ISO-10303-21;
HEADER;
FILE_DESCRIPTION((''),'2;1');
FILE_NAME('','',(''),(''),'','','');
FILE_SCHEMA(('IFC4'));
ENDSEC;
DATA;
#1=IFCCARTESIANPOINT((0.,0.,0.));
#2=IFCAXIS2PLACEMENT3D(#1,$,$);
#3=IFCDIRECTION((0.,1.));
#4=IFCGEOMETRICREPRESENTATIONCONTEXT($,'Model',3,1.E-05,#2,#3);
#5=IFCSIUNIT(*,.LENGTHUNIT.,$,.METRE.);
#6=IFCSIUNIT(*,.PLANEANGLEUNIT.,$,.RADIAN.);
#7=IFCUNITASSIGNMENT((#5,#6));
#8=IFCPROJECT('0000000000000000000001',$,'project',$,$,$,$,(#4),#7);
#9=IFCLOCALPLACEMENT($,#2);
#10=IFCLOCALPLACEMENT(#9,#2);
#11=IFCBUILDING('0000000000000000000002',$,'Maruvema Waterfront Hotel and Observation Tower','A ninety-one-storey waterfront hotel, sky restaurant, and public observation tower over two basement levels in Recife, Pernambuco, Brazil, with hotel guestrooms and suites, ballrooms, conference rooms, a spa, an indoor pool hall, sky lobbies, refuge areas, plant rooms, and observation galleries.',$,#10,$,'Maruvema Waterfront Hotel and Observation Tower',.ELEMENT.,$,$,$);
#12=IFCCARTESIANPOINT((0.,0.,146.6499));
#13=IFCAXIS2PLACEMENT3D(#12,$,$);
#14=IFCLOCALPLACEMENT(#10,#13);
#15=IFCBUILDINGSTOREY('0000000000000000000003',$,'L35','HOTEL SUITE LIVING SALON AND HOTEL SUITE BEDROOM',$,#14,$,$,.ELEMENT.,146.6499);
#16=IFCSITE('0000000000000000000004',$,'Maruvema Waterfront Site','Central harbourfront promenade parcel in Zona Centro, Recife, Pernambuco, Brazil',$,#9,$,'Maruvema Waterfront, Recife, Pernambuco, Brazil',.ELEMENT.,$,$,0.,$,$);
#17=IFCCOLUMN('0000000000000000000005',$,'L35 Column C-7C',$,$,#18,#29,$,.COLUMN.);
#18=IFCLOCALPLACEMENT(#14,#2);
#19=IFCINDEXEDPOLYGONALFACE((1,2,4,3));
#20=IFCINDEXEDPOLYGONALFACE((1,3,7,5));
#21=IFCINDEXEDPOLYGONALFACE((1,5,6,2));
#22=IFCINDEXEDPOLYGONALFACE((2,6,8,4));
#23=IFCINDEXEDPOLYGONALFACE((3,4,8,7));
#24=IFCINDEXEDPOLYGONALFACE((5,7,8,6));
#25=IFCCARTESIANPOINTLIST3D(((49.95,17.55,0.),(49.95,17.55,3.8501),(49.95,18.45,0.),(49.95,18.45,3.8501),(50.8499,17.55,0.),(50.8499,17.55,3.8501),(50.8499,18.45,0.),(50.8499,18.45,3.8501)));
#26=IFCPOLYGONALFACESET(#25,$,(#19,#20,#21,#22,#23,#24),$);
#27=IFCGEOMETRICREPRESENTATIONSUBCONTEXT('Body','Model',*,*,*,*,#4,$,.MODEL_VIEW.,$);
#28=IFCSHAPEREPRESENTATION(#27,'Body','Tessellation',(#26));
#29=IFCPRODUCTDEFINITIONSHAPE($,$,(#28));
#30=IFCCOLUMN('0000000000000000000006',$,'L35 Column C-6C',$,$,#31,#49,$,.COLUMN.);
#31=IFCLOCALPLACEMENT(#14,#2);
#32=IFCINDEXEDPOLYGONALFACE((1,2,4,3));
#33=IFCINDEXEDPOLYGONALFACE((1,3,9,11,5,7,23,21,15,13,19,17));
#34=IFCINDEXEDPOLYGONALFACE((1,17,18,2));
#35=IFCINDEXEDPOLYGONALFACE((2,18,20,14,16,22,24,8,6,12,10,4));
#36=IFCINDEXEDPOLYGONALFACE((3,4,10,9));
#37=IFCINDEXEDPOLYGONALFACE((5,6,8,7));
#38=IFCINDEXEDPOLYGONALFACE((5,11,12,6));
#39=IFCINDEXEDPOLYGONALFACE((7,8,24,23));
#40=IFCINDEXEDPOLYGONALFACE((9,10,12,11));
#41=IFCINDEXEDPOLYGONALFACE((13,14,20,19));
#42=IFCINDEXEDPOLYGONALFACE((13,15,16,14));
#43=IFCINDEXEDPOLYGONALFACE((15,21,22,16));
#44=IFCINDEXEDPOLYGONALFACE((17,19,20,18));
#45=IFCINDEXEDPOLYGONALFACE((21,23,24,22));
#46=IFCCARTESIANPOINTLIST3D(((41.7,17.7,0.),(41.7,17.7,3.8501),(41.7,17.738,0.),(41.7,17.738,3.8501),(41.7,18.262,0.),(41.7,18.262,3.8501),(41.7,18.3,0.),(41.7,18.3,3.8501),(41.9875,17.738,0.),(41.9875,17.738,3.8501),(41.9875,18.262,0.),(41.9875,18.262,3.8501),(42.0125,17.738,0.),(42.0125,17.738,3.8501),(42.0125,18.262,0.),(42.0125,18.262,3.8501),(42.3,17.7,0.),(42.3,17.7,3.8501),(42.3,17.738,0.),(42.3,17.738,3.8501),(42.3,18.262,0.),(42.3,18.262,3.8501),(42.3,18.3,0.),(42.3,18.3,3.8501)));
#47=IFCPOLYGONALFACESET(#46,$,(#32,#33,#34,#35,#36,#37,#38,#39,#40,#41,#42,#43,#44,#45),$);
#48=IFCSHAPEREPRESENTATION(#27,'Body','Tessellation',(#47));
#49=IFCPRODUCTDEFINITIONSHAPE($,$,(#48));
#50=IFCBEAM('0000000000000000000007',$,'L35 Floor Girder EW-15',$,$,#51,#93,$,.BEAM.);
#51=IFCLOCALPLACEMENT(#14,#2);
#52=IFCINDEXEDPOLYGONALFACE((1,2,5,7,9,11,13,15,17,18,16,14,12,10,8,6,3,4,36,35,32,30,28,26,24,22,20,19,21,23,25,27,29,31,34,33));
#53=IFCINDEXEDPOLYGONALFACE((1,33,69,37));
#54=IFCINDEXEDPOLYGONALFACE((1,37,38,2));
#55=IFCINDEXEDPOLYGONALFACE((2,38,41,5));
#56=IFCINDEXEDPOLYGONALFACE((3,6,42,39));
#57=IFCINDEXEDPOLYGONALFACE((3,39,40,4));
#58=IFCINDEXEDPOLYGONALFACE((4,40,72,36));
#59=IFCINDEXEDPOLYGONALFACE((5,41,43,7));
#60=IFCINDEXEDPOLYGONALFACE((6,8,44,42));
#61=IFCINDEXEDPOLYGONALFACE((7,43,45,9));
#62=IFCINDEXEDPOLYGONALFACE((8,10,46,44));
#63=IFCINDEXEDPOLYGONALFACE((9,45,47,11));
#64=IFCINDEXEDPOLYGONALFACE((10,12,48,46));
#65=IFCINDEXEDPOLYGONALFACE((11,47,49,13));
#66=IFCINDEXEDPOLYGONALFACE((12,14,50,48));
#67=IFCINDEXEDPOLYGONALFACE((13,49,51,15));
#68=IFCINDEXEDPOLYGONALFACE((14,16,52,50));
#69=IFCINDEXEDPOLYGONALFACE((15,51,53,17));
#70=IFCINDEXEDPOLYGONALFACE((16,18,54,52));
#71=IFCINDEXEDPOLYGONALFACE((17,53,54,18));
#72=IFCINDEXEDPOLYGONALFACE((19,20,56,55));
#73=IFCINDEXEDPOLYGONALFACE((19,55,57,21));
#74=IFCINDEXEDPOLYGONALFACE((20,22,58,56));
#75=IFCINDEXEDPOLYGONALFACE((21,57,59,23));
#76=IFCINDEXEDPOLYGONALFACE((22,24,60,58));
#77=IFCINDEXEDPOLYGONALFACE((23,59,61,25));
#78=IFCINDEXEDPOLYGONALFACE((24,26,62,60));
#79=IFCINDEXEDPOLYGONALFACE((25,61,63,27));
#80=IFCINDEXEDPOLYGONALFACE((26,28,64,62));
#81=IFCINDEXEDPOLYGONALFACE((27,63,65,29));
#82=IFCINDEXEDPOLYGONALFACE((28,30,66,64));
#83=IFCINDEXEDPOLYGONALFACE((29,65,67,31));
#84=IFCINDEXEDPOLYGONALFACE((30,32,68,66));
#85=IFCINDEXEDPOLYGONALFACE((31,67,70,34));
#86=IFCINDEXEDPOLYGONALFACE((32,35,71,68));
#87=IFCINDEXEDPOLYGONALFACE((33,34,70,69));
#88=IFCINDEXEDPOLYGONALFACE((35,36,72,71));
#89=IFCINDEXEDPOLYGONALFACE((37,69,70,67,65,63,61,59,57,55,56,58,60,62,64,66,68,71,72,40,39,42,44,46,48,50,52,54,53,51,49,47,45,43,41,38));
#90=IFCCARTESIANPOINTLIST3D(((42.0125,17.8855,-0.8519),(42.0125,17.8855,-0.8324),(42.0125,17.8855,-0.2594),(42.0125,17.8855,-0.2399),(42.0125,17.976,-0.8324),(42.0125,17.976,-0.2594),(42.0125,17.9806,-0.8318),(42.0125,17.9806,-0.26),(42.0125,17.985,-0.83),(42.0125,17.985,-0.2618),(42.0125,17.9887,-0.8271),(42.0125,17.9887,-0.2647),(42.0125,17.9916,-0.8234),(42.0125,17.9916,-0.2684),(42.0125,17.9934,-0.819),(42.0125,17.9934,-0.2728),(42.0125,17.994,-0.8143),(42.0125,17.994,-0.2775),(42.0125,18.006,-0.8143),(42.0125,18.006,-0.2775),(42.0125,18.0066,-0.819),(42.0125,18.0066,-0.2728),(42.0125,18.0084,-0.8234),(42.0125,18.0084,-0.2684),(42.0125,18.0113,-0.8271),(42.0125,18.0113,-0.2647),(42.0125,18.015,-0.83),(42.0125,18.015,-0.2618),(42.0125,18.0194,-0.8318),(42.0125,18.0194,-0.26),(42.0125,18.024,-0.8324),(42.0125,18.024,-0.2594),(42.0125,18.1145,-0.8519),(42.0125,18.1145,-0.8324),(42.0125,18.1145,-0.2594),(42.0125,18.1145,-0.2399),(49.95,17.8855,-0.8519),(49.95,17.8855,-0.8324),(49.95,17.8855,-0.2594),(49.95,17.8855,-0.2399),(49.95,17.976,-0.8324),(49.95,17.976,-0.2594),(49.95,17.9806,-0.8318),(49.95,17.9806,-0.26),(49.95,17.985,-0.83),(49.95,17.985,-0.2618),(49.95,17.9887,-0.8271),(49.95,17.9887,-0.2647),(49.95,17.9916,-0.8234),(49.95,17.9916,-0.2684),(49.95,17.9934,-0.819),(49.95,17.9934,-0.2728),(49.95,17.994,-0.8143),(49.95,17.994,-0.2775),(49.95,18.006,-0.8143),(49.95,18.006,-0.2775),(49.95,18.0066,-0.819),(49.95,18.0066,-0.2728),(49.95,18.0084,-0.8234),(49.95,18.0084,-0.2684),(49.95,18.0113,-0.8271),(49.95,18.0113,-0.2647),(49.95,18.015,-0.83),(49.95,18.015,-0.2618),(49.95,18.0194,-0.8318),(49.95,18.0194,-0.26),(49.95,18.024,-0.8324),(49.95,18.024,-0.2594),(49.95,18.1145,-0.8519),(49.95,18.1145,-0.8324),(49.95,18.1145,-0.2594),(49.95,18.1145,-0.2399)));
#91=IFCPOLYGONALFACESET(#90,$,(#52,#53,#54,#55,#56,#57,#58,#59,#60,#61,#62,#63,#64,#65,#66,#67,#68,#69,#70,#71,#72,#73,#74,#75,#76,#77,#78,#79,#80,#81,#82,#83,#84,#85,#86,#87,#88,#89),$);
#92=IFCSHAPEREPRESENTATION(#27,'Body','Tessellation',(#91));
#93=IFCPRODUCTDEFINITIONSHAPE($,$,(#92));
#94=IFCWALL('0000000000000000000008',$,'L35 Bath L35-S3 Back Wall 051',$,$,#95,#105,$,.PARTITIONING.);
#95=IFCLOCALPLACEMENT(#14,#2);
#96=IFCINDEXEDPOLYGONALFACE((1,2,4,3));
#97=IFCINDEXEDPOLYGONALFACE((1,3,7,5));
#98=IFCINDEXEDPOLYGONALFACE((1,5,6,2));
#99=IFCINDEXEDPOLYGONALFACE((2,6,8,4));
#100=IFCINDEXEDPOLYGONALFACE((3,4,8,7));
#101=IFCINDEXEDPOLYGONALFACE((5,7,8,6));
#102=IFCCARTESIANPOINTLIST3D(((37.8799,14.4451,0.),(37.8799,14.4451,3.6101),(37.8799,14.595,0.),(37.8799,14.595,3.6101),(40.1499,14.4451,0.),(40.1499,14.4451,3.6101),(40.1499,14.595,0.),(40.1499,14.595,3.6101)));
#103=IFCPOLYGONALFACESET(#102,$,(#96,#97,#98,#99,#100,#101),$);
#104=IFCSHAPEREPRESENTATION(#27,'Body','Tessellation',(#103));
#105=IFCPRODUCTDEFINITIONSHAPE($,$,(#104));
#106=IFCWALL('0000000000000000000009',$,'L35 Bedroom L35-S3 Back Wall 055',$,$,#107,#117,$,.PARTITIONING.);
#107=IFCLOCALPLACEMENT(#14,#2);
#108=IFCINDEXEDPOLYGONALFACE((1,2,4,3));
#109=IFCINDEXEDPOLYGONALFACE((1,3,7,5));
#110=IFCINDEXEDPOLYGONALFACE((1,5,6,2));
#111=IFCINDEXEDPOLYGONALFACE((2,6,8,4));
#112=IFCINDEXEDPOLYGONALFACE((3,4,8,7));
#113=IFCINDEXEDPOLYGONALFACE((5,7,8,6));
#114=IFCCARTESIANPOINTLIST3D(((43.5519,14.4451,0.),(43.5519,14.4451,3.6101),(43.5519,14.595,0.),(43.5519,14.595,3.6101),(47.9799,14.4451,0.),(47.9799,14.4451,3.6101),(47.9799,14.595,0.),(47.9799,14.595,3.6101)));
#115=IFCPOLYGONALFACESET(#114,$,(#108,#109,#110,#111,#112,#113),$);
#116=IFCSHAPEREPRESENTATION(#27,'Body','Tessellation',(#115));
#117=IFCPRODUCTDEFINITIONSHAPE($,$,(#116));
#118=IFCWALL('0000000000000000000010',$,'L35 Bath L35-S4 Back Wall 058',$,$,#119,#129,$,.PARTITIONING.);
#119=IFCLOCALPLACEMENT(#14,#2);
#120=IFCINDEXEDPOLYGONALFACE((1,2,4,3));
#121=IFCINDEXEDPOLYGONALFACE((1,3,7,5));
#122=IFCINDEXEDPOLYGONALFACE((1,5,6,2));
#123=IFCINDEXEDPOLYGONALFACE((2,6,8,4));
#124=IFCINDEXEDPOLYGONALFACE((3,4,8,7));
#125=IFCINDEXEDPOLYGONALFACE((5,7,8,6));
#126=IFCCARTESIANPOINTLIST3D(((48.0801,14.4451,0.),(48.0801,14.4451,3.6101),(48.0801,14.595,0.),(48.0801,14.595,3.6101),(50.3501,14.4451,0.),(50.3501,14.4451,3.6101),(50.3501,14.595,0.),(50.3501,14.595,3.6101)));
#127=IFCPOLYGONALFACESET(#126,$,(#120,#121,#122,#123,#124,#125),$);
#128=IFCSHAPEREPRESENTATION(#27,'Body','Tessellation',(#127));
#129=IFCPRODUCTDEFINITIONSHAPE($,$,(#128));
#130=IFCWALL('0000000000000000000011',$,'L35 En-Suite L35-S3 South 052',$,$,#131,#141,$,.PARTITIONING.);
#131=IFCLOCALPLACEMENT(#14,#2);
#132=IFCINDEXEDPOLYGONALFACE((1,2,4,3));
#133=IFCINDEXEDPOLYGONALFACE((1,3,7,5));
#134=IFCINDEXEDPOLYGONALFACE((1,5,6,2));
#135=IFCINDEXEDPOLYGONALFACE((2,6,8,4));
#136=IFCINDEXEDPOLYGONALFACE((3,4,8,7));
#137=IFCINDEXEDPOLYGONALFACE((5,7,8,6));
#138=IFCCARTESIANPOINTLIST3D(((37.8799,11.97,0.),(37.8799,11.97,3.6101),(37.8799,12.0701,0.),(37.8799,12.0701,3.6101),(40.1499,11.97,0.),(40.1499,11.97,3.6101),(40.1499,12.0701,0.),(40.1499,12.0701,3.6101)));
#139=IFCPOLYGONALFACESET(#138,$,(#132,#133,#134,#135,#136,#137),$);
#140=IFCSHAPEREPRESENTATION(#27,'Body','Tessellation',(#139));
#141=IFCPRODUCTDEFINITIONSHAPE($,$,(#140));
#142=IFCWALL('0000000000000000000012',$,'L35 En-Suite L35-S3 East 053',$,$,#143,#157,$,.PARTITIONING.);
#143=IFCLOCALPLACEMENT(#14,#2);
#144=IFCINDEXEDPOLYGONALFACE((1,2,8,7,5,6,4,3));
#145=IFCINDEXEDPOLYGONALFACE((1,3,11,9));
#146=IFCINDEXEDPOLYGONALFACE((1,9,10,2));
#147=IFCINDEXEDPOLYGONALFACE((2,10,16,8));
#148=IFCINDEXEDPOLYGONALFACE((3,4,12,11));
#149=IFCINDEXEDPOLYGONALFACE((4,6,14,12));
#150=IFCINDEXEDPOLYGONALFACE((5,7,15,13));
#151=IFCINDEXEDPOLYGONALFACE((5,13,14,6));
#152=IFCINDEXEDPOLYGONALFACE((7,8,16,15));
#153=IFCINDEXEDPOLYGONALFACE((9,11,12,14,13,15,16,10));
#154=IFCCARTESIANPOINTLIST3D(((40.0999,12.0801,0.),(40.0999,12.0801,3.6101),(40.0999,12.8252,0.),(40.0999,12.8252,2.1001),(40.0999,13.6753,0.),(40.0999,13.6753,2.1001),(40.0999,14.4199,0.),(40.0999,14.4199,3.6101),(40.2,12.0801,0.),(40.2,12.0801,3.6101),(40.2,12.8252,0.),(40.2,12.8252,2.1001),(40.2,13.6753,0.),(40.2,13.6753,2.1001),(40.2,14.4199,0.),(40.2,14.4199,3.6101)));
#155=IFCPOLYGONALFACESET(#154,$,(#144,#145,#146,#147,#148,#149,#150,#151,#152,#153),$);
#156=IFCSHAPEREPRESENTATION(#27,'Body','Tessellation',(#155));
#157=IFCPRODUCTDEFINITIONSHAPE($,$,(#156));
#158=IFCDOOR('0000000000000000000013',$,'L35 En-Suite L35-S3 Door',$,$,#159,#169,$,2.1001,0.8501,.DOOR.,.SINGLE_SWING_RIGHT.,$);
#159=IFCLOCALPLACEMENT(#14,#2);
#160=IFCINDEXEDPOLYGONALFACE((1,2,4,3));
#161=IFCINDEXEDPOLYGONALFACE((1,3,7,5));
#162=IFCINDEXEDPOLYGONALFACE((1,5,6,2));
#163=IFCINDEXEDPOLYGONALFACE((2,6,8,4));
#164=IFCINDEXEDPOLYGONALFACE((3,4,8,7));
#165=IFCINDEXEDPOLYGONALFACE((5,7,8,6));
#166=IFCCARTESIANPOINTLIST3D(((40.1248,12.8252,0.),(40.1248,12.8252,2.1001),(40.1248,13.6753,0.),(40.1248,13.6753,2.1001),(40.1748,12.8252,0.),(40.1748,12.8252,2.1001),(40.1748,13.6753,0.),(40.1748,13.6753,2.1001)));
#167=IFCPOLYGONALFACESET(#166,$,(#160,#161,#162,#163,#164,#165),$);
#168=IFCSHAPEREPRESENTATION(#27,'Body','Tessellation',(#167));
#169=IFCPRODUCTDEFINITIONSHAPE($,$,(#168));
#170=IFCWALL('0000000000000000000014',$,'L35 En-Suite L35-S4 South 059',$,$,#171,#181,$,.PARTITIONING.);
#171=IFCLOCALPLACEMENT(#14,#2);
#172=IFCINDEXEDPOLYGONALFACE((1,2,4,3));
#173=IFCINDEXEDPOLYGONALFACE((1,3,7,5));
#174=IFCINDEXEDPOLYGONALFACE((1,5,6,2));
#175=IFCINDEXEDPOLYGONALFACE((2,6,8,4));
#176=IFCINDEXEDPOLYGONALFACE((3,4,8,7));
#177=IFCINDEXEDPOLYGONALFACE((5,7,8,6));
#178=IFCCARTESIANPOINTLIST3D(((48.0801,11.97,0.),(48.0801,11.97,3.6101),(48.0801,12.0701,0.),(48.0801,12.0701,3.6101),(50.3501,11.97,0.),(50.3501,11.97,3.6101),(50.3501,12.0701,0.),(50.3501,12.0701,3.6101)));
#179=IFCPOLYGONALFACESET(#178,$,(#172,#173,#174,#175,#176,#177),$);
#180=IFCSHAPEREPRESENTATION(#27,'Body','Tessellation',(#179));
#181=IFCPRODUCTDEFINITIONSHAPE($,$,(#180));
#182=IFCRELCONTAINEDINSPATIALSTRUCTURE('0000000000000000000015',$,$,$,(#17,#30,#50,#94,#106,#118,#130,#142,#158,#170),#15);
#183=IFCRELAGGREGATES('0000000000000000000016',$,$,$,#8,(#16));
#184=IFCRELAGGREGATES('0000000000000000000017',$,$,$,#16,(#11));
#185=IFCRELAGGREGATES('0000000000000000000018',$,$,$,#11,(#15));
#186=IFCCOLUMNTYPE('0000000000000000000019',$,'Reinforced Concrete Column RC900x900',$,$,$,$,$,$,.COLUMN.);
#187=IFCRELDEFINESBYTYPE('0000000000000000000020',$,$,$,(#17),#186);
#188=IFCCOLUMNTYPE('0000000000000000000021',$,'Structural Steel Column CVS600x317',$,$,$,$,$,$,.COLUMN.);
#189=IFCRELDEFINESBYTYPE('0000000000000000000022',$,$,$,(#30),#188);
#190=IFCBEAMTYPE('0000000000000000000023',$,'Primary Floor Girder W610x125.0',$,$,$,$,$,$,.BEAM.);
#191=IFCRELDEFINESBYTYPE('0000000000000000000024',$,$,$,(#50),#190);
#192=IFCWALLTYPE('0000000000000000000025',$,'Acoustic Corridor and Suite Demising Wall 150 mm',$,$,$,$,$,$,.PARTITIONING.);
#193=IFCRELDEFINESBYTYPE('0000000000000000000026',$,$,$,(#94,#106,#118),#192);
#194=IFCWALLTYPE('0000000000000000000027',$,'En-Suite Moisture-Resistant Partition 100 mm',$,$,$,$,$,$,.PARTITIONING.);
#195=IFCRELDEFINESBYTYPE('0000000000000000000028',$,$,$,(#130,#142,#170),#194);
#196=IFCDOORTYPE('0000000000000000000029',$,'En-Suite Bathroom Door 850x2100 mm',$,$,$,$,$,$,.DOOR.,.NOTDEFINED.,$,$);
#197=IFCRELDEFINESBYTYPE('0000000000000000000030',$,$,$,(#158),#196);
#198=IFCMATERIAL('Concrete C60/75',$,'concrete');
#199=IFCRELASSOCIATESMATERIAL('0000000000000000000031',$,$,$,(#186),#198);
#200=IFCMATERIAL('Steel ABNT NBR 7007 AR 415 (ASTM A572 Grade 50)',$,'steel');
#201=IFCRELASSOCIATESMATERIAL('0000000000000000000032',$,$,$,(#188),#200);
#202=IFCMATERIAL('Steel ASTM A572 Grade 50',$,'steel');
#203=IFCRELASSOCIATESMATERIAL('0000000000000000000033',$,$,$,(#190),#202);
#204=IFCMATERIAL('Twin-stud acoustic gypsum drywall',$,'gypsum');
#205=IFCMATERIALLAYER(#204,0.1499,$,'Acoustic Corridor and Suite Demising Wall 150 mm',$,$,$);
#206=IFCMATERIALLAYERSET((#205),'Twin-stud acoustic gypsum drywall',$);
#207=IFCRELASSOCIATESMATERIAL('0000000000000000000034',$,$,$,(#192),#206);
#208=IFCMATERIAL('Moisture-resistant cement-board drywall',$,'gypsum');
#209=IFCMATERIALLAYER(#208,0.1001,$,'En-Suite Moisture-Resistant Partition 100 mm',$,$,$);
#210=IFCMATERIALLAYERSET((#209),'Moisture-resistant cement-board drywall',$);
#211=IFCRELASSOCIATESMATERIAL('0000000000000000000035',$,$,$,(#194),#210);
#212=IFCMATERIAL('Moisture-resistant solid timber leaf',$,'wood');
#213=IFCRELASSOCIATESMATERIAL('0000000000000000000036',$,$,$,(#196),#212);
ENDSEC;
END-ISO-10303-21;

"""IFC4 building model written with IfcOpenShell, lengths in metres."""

from ifc_helpers import new_model, si_unit, direction, frame, frame_2d, origin, origin_2d, place, context, subcontext, project, spatial, rectangle, i_section, extrude, material, layer, layer_set, material_profile, profile_set, type_object, element, fill, save


model = new_model("IFC4")

# Units and contexts
model_context = context("Model", 3, precision=1e-05, world=origin(), true_north=direction((0.0, 1.0)))
body_context = subcontext(model_context, "Body", "Model", "MODEL_VIEW")
ifc_project = project(units=[si_unit("LENGTHUNIT", "METRE"), si_unit("PLANEANGLEUNIT", "RADIAN")], contexts=[model_context])

# Site, building, storey
site_placement = place(None, origin())
site = spatial("IfcSite", under=ifc_project, at=site_placement, Name="Maruvema Waterfront Site", Description="Central harbourfront promenade parcel in Zona Centro, Recife, Pernambuco, Brazil", LongName="Maruvema Waterfront, Recife, Pernambuco, Brazil", CompositionType="ELEMENT", RefElevation=0.0)
building_placement = place(site_placement, origin())
building = spatial("IfcBuilding", under=site, at=building_placement, Name="Maruvema Waterfront Hotel and Observation Tower", Description="A ninety-one-storey waterfront hotel, sky restaurant, and public observation tower over two basement levels in Recife, Pernambuco, Brazil, with hotel guestrooms and suites, ballrooms, conference rooms, a spa, an indoor pool hall, sky lobbies, refuge areas, plant rooms, and observation galleries.", LongName="Maruvema Waterfront Hotel and Observation Tower", CompositionType="ELEMENT")
storey_placement = place(building_placement, frame((0.0, 0.0, 146.6499)))
storey = spatial("IfcBuildingStorey", under=building, at=storey_placement, Name="L35", Description="HOTEL SUITE LIVING SALON AND HOTEL SUITE BEDROOM", CompositionType="ELEMENT", Elevation=146.6499)

# Columns
ifc_material_1 = material(Name="Concrete C60/75", Category="concrete")
ifc_material_profile_1 = material_profile(ifc_material_1, rectangle(XDim=0.8999, YDim=0.8999, at=origin_2d()), Name="RC900x900")
ifc_profile_set_1 = profile_set([ifc_material_profile_1], Name="Concrete C60/75")
column_type_1 = type_object("IfcColumnType", Name="Reinforced Concrete Column RC900x900", PredefinedType="COLUMN", material=ifc_profile_set_1)
column_1_placement = place(storey_placement, frame((50.3999, 18.0, 0.0), z_axis=(0.0, 0.0, 1.0), x_axis=(1.0, 0.0, 0.0)))
element("IfcColumn", 1, at=column_1_placement, inside=storey, type_object=column_type_1, Name="L35 Column C-7C", PredefinedType="COLUMN", context=body_context, shape_type="SweptSolid", body=[
    extrude(rectangle(XDim=0.8999, YDim=0.8999, at=origin_2d()), origin(), (0.0, 0.0, 1.0), 3.8501),
])
ifc_material_2 = material(Name="Steel ABNT NBR 7007 AR 415 (ASTM A572 Grade 50)", Category="steel")
ifc_material_profile_2 = material_profile(ifc_material_2, i_section(OverallWidth=0.6001, OverallDepth=0.6001, WebThickness=0.0249, FlangeThickness=0.0381, at=origin_2d()), Name="CVS600x317")
ifc_profile_set_2 = profile_set([ifc_material_profile_2], Name="Steel ABNT NBR 7007 AR 415 (ASTM A572 Grade 50)")
column_type_2 = type_object("IfcColumnType", Name="Structural Steel Column CVS600x317", PredefinedType="COLUMN", material=ifc_profile_set_2)
column_2_placement = place(storey_placement, frame((42.0, 18.0, 0.0), z_axis=(0.0, 0.0, 1.0), x_axis=(1.0, 0.0, 0.0)))
element("IfcColumn", 2, at=column_2_placement, inside=storey, type_object=column_type_2, Name="L35 Column C-6C", PredefinedType="COLUMN", context=body_context, shape_type="SweptSolid", body=[
    extrude(i_section(OverallWidth=0.6001, OverallDepth=0.6001, WebThickness=0.0249, FlangeThickness=0.0381, at=origin_2d()), origin(), (0.0, 0.0, 1.0), 3.8501),
])

# Beam
ifc_material_3 = material(Name="Steel ASTM A572 Grade 50", Category="steel")
ifc_material_profile_3 = material_profile(ifc_material_3, i_section(OverallWidth=0.229, OverallDepth=0.6121, WebThickness=0.012, FlangeThickness=0.0195, FilletRadius=0.0181, at=origin_2d()), Name="W610x125.0")
ifc_profile_set_3 = profile_set([ifc_material_profile_3], Name="Steel ASTM A572 Grade 50")
beam_type = type_object("IfcBeamType", Name="Primary Floor Girder W610x125.0", PredefinedType="BEAM", material=ifc_profile_set_3)
beam_placement = place(storey_placement, frame((42.0125, 18.0, -0.5459), z_axis=(1.0, 0.0, 0.0), x_axis=(0.0, 1.0, 0.0)))
element("IfcBeam", 3, at=beam_placement, inside=storey, type_object=beam_type, Name="L35 Floor Girder EW-15", PredefinedType="BEAM", context=body_context, shape_type="SweptSolid", body=[
    extrude(i_section(OverallWidth=0.229, OverallDepth=0.6121, WebThickness=0.012, FlangeThickness=0.0195, FilletRadius=0.0181, at=origin_2d()), origin(), (0.0, 0.0, 1.0), 7.9375),
])

# Wall
ifc_material_4 = material(Name="Twin-stud acoustic gypsum drywall", Category="gypsum")
ifc_layer_1 = layer(ifc_material_4, 0.1499, Name="Acoustic Corridor and Suite Demising Wall 150 mm")
ifc_layer_set_1 = layer_set([ifc_layer_1], Name="Twin-stud acoustic gypsum drywall")
wall_type_1 = type_object("IfcWallType", Name="Acoustic Corridor and Suite Demising Wall 150 mm", PredefinedType="PARTITIONING", material=ifc_layer_set_1)
wall_1_placement = place(storey_placement, frame((37.8799, 14.52, 0.0), z_axis=(0.0, 0.0, 1.0), x_axis=(1.0, 0.0, 0.0)))
element("IfcWall", 4, at=wall_1_placement, inside=storey, type_object=wall_type_1, Name="L35 Bath L35-S3 Back Wall 051", PredefinedType="PARTITIONING", context=body_context, shape_type="SweptSolid", body=[
    extrude(rectangle(XDim=2.27, YDim=0.1499, at=frame_2d((1.135, 0.0))), origin(), (0.0, 0.0, 1.0), 3.6101),
])

# Walls
wall_2_placement = place(storey_placement, frame((43.552, 14.52, 0.0), z_axis=(0.0, 0.0, 1.0), x_axis=(1.0, 0.0, 0.0)))
element("IfcWall", 5, at=wall_2_placement, inside=storey, type_object=wall_type_1, Name="L35 Bedroom L35-S3 Back Wall 055", PredefinedType="PARTITIONING", context=body_context, shape_type="SweptSolid", body=[
    extrude(rectangle(XDim=4.428, YDim=0.1499, at=frame_2d((2.2139, 0.0))), origin(), (0.0, 0.0, 1.0), 3.6101),
])
wall_3_placement = place(storey_placement, frame((48.0801, 14.52, 0.0), z_axis=(0.0, 0.0, 1.0), x_axis=(1.0, 0.0, 0.0)))
element("IfcWall", 6, at=wall_3_placement, inside=storey, type_object=wall_type_1, Name="L35 Bath L35-S4 Back Wall 058", PredefinedType="PARTITIONING", context=body_context, shape_type="SweptSolid", body=[
    extrude(rectangle(XDim=2.27, YDim=0.1499, at=frame_2d((1.135, 0.0))), origin(), (0.0, 0.0, 1.0), 3.6101),
])

# Wall
ifc_material_5 = material(Name="Moisture-resistant cement-board drywall", Category="gypsum")
ifc_layer_2 = layer(ifc_material_5, 0.1001, Name="En-Suite Moisture-Resistant Partition 100 mm")
ifc_layer_set_2 = layer_set([ifc_layer_2], Name="Moisture-resistant cement-board drywall")
wall_type_2 = type_object("IfcWallType", Name="En-Suite Moisture-Resistant Partition 100 mm", PredefinedType="PARTITIONING", material=ifc_layer_set_2)
wall_4_placement = place(storey_placement, frame((37.8799, 12.02, 0.0), z_axis=(0.0, 0.0, 1.0), x_axis=(1.0, 0.0, 0.0)))
element("IfcWall", 7, at=wall_4_placement, inside=storey, type_object=wall_type_2, Name="L35 En-Suite L35-S3 South 052", PredefinedType="PARTITIONING", context=body_context, shape_type="SweptSolid", body=[
    extrude(rectangle(XDim=2.27, YDim=0.1001, at=frame_2d((1.135, 0.0))), origin(), (0.0, 0.0, 1.0), 3.6101),
])

# Wall, opening, door
wall_5_placement = place(storey_placement, frame((40.1499, 12.0801, 0.0), z_axis=(0.0, 0.0, 1.0), x_axis=(0.0, 1.0, 0.0)))
wall_5 = element("IfcWall", 8, at=wall_5_placement, inside=storey, type_object=wall_type_2, Name="L35 En-Suite L35-S3 East 053", PredefinedType="PARTITIONING", context=body_context, shape_type="SweptSolid", body=[
    extrude(rectangle(XDim=2.3398, YDim=0.1001, at=frame_2d((1.1699, 0.0))), origin(), (0.0, 0.0, 1.0), 3.6101),
])
opening_1_placement = place(wall_5_placement, frame((0.7451, 0.0, 0.0)))
opening_1 = element("IfcOpeningElement", 9, at=opening_1_placement, cuts=wall_5, PredefinedType="OPENING", context=body_context, shape_type="SweptSolid", body=[
    extrude(rectangle(XDim=0.8501, YDim=2.1001, at=frame_2d((0.425, 1.05))), frame((0.0, 0.0601, 0.0), z_axis=(0.0, -1.0, 0.0), x_axis=(1.0, 0.0, 0.0)), (0.0, 0.0, 1.0), 0.1201),
])
ifc_material_6 = material(Name="Moisture-resistant solid timber leaf", Category="wood")
door_type_1 = type_object("IfcDoorType", Name="En-Suite Bathroom Door 850x2100 mm", OperationType="NOTDEFINED", PredefinedType="DOOR", material=ifc_material_6)
door_1_placement = place(opening_1_placement, frame((0.8501, 0.0, 0.0), z_axis=(0.0, 0.0, 1.0), x_axis=(-1.0, 0.0, 0.0)))
door_1 = element("IfcDoor", 10, at=door_1_placement, inside=storey, type_object=door_type_1, Name="L35 En-Suite L35-S3 Door", OperationType="SINGLE_SWING_RIGHT", OverallHeight=2.1001, OverallWidth=0.8501, PredefinedType="DOOR", context=body_context, shape_type="SweptSolid", body=[
    extrude(rectangle(XDim=0.8501, YDim=2.1001, at=frame_2d((0.425, 1.05))), frame((0.0, 0.0249, 0.0), z_axis=(0.0, -1.0, 0.0), x_axis=(1.0, 0.0, 0.0)), (0.0, 0.0, 1.0), 0.05),
])
fill(opening_1, door_1)

# Wall
wall_6_placement = place(storey_placement, frame((48.0801, 12.02, 0.0), z_axis=(0.0, 0.0, 1.0), x_axis=(1.0, 0.0, 0.0)))
element("IfcWall", 11, at=wall_6_placement, inside=storey, type_object=wall_type_2, Name="L35 En-Suite L35-S4 South 059", PredefinedType="PARTITIONING", context=body_context, shape_type="SweptSolid", body=[
    extrude(rectangle(XDim=2.27, YDim=0.1001, at=frame_2d((1.135, 0.0))), origin(), (0.0, 0.0, 1.0), 3.6101),
])

save(model, "model.ifc")
